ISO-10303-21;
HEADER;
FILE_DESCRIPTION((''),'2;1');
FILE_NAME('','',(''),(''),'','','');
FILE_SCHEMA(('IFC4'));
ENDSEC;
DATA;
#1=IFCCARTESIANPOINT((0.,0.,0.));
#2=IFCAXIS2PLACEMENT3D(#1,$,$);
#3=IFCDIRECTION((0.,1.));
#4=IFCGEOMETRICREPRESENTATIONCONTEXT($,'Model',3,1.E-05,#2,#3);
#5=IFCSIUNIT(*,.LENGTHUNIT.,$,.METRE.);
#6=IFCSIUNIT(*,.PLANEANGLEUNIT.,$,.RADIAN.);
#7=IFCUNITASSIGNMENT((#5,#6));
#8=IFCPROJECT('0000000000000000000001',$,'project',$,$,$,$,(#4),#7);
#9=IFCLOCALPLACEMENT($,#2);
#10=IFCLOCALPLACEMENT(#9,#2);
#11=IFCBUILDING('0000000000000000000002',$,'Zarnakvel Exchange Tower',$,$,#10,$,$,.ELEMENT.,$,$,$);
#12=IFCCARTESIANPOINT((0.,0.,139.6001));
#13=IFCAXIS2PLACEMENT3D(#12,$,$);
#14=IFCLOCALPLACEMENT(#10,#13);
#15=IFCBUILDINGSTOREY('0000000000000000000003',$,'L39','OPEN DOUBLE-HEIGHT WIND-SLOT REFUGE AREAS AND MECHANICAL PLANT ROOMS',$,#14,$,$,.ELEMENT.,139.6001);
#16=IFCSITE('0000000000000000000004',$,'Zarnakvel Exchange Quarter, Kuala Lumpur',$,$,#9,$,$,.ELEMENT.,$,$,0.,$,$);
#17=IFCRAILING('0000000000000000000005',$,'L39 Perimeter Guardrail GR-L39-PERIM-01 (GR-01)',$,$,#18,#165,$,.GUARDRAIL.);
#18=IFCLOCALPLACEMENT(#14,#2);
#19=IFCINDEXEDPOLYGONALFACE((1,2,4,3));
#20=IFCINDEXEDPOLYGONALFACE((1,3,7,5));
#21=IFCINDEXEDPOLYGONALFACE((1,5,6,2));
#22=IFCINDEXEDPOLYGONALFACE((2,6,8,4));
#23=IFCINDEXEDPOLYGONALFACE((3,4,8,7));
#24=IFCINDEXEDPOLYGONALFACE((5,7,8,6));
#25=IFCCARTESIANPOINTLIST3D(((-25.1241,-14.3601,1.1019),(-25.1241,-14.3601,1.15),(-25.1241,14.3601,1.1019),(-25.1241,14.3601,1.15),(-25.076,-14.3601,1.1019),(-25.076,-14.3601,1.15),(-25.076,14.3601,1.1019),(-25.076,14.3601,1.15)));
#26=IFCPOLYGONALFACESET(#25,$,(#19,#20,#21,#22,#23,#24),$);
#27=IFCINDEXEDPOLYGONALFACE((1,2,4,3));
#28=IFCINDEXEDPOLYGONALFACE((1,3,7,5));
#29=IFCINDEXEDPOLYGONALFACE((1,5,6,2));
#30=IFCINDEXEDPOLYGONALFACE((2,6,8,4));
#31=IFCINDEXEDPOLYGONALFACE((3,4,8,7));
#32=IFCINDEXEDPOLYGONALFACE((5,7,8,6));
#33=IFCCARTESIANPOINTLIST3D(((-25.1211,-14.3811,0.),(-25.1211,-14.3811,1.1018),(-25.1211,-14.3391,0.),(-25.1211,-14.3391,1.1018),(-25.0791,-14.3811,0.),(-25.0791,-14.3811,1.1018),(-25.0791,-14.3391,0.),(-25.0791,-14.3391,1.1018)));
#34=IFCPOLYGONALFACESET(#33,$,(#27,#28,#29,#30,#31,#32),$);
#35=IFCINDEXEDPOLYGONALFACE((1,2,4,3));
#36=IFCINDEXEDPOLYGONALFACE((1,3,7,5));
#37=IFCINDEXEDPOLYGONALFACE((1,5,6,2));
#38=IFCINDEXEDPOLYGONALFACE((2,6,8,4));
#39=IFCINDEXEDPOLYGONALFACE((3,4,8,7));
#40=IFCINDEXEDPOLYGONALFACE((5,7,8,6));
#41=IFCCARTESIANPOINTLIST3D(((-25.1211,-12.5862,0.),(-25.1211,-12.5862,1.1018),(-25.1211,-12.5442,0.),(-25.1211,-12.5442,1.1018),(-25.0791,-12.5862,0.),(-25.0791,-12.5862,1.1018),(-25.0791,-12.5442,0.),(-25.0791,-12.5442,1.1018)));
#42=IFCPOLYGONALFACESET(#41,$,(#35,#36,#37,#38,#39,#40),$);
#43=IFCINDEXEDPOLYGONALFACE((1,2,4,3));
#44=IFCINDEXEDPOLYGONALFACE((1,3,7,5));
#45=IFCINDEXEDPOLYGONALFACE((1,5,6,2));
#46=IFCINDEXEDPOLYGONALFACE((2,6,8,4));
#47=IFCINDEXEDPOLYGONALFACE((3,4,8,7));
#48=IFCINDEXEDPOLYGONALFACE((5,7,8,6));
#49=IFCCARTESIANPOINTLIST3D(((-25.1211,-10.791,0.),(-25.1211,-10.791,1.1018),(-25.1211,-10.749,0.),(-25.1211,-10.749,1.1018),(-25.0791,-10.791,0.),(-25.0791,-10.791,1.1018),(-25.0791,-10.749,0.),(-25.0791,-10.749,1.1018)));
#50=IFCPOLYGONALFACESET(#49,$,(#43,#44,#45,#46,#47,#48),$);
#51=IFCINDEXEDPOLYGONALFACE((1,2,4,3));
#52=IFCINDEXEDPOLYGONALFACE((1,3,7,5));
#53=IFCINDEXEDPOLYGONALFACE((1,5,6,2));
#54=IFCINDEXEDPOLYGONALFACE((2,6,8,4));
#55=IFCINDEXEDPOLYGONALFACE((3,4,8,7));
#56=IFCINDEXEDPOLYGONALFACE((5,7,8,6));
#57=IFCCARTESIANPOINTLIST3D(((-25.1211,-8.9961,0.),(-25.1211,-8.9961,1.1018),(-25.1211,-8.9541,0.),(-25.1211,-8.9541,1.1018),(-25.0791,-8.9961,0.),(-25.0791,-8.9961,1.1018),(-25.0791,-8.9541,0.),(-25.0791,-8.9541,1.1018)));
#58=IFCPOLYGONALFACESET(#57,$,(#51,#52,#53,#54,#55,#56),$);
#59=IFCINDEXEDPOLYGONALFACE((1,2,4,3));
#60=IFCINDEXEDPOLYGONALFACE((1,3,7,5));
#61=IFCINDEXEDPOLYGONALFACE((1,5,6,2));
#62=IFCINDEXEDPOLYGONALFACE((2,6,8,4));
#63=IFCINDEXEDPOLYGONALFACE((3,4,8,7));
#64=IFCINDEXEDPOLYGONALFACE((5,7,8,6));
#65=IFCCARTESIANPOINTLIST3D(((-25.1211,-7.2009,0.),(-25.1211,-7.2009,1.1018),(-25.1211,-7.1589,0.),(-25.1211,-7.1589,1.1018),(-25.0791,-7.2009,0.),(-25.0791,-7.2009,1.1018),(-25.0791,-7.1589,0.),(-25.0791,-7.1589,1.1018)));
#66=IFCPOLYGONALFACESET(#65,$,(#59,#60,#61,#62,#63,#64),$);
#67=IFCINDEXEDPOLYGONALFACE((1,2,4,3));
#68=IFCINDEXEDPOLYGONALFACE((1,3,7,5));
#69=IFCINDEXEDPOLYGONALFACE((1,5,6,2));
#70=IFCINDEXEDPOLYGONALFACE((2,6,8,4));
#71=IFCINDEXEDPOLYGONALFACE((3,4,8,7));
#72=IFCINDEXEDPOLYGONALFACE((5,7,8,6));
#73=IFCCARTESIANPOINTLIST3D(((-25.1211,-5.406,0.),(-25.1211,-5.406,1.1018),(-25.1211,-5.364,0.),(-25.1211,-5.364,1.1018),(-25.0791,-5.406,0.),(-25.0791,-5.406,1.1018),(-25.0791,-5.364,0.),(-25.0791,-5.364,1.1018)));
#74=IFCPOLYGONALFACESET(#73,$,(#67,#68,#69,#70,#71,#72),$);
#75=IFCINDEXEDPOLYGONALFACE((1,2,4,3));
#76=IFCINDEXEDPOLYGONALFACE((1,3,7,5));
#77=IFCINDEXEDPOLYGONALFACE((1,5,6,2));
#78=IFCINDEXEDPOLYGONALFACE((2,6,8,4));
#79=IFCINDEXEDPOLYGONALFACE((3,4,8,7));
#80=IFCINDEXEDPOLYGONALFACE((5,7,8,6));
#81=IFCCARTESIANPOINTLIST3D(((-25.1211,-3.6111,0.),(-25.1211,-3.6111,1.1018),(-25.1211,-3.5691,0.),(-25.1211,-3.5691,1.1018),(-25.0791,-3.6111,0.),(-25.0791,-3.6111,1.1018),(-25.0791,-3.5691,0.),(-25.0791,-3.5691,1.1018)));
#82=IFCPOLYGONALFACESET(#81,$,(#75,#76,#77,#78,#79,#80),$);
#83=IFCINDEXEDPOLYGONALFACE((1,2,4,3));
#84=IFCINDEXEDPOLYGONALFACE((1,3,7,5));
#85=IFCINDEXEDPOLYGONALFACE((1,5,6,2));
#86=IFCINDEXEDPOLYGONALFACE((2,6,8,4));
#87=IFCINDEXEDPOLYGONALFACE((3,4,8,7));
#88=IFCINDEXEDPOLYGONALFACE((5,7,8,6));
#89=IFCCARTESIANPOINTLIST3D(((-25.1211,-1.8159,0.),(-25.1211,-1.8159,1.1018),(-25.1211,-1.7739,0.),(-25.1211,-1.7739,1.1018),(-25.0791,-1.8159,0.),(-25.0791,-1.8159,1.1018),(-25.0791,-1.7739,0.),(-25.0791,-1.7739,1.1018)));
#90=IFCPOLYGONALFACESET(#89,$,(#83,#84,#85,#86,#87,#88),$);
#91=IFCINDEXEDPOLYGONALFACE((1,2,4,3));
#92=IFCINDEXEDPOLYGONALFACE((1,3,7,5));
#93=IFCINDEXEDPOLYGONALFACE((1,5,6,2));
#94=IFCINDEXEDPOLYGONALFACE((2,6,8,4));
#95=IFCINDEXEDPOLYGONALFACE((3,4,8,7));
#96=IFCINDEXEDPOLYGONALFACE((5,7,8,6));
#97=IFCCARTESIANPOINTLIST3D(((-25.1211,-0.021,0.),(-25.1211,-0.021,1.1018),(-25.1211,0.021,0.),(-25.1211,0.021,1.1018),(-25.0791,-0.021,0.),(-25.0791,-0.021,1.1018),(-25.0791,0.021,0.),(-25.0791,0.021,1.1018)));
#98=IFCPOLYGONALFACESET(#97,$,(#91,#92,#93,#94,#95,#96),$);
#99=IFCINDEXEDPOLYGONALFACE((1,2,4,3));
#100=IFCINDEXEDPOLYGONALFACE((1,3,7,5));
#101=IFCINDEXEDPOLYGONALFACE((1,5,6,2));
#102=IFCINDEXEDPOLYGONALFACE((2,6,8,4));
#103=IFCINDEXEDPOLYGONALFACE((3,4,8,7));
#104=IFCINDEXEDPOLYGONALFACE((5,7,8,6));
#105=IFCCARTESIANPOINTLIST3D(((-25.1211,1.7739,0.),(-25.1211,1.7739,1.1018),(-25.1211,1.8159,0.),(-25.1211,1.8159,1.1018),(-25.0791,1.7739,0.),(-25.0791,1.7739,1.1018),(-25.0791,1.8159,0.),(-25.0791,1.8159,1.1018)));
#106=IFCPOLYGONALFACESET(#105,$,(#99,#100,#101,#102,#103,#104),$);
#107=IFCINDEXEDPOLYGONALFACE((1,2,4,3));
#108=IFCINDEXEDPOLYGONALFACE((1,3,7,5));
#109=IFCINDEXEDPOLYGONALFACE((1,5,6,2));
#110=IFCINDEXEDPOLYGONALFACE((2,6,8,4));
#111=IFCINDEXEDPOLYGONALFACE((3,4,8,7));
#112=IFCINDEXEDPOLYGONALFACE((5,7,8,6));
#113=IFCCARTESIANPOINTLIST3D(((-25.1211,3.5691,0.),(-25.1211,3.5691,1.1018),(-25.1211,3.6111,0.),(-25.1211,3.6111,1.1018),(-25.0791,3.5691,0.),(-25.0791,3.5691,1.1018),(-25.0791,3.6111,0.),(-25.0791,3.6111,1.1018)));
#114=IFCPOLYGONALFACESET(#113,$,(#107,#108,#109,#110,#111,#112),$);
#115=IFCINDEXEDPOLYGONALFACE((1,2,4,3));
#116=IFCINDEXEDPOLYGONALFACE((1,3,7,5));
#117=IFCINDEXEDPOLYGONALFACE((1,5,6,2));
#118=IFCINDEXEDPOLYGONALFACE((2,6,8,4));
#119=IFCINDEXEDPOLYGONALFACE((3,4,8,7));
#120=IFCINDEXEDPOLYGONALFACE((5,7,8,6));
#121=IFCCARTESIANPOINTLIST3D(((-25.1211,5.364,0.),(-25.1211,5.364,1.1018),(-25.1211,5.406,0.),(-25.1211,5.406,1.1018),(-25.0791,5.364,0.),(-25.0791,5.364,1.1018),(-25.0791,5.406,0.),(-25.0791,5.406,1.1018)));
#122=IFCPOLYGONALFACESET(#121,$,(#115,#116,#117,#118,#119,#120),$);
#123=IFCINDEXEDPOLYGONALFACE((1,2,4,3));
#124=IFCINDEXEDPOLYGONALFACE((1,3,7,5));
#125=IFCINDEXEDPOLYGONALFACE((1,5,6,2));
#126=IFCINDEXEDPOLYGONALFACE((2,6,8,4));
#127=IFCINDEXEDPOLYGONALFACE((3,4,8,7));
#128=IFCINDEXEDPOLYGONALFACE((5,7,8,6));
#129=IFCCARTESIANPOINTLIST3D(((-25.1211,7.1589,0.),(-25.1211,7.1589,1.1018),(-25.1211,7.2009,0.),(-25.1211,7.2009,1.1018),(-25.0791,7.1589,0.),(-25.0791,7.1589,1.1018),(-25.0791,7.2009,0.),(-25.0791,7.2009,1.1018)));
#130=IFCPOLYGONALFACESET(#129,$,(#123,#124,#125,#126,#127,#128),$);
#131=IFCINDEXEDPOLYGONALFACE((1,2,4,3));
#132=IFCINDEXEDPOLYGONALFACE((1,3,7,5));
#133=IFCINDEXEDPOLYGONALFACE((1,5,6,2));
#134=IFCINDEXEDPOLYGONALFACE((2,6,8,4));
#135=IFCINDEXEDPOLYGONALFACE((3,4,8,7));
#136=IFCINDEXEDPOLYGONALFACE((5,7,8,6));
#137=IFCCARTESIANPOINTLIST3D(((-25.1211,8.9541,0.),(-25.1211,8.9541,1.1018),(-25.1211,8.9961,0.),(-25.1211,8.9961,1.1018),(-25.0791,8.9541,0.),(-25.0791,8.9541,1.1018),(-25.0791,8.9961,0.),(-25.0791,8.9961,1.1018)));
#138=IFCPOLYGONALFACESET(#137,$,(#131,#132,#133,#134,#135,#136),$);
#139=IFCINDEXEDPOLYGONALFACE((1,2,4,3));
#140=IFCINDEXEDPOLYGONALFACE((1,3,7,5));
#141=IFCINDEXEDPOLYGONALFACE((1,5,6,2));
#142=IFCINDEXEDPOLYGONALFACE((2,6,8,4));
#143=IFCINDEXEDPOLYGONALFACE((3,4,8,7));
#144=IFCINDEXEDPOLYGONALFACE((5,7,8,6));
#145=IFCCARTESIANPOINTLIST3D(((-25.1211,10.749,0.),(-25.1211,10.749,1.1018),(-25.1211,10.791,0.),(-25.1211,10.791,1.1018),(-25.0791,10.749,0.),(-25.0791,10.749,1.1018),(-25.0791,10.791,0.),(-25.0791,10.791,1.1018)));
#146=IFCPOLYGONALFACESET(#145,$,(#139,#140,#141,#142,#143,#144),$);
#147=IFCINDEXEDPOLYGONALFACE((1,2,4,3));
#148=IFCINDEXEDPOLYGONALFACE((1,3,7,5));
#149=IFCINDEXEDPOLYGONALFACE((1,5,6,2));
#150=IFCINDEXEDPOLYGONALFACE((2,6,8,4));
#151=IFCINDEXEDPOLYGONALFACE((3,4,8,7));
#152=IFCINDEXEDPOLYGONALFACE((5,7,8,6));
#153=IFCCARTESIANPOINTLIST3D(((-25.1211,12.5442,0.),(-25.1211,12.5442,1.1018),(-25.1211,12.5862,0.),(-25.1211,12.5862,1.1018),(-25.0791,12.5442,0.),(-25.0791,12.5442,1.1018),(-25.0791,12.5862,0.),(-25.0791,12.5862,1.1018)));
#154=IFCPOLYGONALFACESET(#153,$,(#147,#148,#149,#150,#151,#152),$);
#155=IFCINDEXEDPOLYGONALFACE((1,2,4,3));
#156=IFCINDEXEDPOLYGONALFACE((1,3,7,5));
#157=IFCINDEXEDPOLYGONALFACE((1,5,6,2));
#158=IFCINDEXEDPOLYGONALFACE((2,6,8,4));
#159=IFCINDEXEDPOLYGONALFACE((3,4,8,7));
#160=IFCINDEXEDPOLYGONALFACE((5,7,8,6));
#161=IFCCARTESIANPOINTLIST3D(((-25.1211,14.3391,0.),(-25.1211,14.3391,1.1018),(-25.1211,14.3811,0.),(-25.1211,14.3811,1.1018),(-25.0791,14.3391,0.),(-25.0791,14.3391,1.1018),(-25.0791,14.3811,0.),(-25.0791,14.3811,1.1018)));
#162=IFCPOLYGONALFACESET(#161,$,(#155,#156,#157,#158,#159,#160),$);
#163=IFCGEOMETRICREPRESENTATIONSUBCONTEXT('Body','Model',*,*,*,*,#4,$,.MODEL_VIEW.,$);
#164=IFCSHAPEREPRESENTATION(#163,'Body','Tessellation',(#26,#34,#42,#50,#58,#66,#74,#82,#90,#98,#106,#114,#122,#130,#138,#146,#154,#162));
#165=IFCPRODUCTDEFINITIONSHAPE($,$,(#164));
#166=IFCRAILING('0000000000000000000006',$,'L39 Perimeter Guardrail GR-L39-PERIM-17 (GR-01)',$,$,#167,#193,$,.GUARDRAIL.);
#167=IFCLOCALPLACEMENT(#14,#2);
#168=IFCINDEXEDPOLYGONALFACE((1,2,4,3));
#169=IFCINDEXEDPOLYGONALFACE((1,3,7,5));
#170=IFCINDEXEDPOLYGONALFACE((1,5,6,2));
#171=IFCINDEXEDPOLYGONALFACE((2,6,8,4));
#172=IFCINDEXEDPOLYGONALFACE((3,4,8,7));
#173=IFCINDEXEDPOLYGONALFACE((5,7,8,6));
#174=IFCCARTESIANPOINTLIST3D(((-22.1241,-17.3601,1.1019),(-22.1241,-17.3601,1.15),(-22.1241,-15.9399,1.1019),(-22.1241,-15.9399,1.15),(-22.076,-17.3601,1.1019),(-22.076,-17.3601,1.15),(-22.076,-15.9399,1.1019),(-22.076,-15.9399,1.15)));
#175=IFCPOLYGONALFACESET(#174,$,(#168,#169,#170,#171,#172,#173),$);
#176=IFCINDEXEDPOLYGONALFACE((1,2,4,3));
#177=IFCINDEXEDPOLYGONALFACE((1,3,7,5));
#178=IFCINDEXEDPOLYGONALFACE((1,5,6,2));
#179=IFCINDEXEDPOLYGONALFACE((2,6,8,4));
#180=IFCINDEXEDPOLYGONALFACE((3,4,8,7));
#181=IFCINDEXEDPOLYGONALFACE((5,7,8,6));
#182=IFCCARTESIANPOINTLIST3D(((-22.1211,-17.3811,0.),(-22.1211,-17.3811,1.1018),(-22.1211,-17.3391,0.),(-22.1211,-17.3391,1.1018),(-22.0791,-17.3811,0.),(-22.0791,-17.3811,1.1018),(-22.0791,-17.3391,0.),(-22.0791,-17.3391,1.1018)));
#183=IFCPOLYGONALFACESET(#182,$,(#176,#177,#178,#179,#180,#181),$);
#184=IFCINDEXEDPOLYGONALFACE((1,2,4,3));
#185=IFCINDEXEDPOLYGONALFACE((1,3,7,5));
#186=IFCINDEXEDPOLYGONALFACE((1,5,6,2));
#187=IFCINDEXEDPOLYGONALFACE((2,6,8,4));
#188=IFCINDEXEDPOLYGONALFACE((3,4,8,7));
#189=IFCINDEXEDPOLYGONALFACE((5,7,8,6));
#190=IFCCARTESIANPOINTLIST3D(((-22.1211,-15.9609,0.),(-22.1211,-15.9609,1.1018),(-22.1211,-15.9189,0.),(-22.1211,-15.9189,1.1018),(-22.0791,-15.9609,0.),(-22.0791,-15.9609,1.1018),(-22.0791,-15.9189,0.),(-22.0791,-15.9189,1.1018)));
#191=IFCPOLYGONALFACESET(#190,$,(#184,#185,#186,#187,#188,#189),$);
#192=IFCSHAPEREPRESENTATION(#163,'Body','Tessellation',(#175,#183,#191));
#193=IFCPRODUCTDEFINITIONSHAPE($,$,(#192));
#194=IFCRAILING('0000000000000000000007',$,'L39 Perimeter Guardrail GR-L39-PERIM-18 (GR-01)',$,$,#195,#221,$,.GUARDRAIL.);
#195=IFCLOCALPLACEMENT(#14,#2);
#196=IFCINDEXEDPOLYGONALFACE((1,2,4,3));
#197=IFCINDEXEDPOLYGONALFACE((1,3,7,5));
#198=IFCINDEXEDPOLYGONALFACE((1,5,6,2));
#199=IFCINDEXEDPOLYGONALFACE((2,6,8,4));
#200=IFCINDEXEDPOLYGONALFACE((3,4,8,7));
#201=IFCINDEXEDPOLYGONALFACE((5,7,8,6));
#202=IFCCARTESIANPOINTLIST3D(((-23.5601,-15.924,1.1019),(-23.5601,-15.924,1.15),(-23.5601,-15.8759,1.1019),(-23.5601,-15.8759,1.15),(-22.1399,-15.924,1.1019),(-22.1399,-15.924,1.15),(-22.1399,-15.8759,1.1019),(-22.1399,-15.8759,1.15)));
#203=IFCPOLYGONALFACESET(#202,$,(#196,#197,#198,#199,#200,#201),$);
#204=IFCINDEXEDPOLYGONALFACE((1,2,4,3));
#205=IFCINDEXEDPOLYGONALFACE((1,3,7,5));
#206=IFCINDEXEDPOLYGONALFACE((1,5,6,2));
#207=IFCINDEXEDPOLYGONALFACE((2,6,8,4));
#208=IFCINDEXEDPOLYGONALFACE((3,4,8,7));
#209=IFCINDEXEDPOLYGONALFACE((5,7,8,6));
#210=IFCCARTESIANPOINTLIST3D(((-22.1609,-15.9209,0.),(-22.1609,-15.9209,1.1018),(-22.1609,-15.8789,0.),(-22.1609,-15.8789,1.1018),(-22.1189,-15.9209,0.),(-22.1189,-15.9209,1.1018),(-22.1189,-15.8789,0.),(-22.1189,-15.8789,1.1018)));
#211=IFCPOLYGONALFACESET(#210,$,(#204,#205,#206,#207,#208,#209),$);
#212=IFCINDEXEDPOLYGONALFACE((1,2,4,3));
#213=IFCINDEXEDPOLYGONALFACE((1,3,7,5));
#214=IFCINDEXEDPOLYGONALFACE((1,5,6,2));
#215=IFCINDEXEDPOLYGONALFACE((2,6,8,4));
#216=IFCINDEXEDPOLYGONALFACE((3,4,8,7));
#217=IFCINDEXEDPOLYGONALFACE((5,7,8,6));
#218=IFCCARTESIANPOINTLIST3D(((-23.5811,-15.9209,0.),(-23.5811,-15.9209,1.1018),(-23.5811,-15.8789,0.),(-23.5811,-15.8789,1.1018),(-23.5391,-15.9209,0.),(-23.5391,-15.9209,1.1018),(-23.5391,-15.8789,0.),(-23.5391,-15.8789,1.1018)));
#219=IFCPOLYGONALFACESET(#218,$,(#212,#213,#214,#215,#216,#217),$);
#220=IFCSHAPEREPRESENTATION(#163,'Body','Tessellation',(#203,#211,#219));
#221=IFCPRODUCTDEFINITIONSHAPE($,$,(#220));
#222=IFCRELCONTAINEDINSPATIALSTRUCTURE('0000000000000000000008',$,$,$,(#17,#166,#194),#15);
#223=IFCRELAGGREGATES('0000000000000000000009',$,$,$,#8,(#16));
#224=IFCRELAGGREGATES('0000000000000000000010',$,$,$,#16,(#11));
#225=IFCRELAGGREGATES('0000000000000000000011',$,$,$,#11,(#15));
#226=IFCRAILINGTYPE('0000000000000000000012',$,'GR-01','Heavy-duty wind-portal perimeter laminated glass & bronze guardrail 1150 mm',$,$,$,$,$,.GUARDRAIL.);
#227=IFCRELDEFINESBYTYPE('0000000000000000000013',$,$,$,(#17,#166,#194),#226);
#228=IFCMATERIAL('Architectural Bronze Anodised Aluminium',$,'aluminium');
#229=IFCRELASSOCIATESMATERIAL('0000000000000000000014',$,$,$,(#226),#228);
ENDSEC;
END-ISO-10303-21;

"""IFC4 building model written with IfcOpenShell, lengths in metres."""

from ifc_helpers import new_model, si_unit, direction, frame, origin, origin_2d, place, context, subcontext, project, spatial, rectangle, extrude, material, type_object, element, save


model = new_model("IFC4")

# Units and contexts
model_context = context("Model", 3, precision=1e-05, world=origin(), true_north=direction((0.0, 1.0)))
body_context = subcontext(model_context, "Body", "Model", "MODEL_VIEW")
ifc_project = project(units=[si_unit("LENGTHUNIT", "METRE"), si_unit("PLANEANGLEUNIT", "RADIAN")], contexts=[model_context])

# Site, building, storey
site_placement = place(None, origin())
site = spatial("IfcSite", under=ifc_project, at=site_placement, Name="Zarnakvel Exchange Quarter, Kuala Lumpur", CompositionType="ELEMENT", RefElevation=0.0)
building_placement = place(site_placement, origin())
building = spatial("IfcBuilding", under=site, at=building_placement, Name="Zarnakvel Exchange Tower", CompositionType="ELEMENT")
storey_placement = place(building_placement, frame((0.0, 0.0, 139.6001)))
storey = spatial("IfcBuildingStorey", under=building, at=storey_placement, Name="L39", Description="OPEN DOUBLE-HEIGHT WIND-SLOT REFUGE AREAS AND MECHANICAL PLANT ROOMS", CompositionType="ELEMENT", Elevation=139.6001)

# Railings
ifc_material_1 = material(Name="Architectural Bronze Anodised Aluminium", Category="aluminium")
railing_type = type_object("IfcRailingType", Name="GR-01", Description="Heavy-duty wind-portal perimeter laminated glass & bronze guardrail 1150 mm", PredefinedType="GUARDRAIL", material=ifc_material_1)
railing_1_placement = place(storey_placement, frame((-25.1001, -14.3601, 0.0)))
element("IfcRailing", 1, at=railing_1_placement, inside=storey, type_object=railing_type, Name="L39 Perimeter Guardrail GR-L39-PERIM-01 (GR-01)", PredefinedType="GUARDRAIL", context=body_context, shape_type="SweptSolid", body=[
    extrude(rectangle(XDim=0.0481, YDim=0.0481, at=origin_2d()), frame((0.0, 0.0, 1.126), z_axis=(0.0, 1.0, 0.0), x_axis=(-1.0, 0.0, 0.0)), (0.0, 0.0, 1.0), 28.7202),
    extrude(rectangle(XDim=0.042, YDim=0.042, at=origin_2d()), origin(), (0.0, 0.0, 1.0), 1.1018),
    extrude(rectangle(XDim=0.042, YDim=0.042, at=origin_2d()), frame((0.0, 1.7949, 0.0)), (0.0, 0.0, 1.0), 1.1018),
    extrude(rectangle(XDim=0.042, YDim=0.042, at=origin_2d()), frame((0.0, 3.5901, 0.0)), (0.0, 0.0, 1.0), 1.1018),
    extrude(rectangle(XDim=0.042, YDim=0.042, at=origin_2d()), frame((0.0, 5.385, 0.0)), (0.0, 0.0, 1.0), 1.1018),
    extrude(rectangle(XDim=0.042, YDim=0.042, at=origin_2d()), frame((0.0, 7.1802, 0.0)), (0.0, 0.0, 1.0), 1.1018),
    extrude(rectangle(XDim=0.042, YDim=0.042, at=origin_2d()), frame((0.0, 8.9751, 0.0)), (0.0, 0.0, 1.0), 1.1018),
    extrude(rectangle(XDim=0.042, YDim=0.042, at=origin_2d()), frame((0.0, 10.77, 0.0)), (0.0, 0.0, 1.0), 1.1018),
    extrude(rectangle(XDim=0.042, YDim=0.042, at=origin_2d()), frame((0.0, 12.5652, 0.0)), (0.0, 0.0, 1.0), 1.1018),
    extrude(rectangle(XDim=0.042, YDim=0.042, at=origin_2d()), frame((0.0, 14.3601, 0.0)), (0.0, 0.0, 1.0), 1.1018),
    extrude(rectangle(XDim=0.042, YDim=0.042, at=origin_2d()), frame((0.0, 16.155, 0.0)), (0.0, 0.0, 1.0), 1.1018),
    extrude(rectangle(XDim=0.042, YDim=0.042, at=origin_2d()), frame((0.0, 17.9502, 0.0)), (0.0, 0.0, 1.0), 1.1018),
    extrude(rectangle(XDim=0.042, YDim=0.042, at=origin_2d()), frame((0.0, 19.7451, 0.0)), (0.0, 0.0, 1.0), 1.1018),
    extrude(rectangle(XDim=0.042, YDim=0.042, at=origin_2d()), frame((0.0, 21.54, 0.0)), (0.0, 0.0, 1.0), 1.1018),
    extrude(rectangle(XDim=0.042, YDim=0.042, at=origin_2d()), frame((0.0, 23.3352, 0.0)), (0.0, 0.0, 1.0), 1.1018),
    extrude(rectangle(XDim=0.042, YDim=0.042, at=origin_2d()), frame((0.0, 25.1301, 0.0)), (0.0, 0.0, 1.0), 1.1018),
    extrude(rectangle(XDim=0.042, YDim=0.042, at=origin_2d()), frame((0.0, 26.9253, 0.0)), (0.0, 0.0, 1.0), 1.1018),
    extrude(rectangle(XDim=0.042, YDim=0.042, at=origin_2d()), frame((0.0, 28.7202, 0.0)), (0.0, 0.0, 1.0), 1.1018),
])
railing_2_placement = place(storey_placement, frame((-22.1001, -17.3601, 0.0)))
element("IfcRailing", 2, at=railing_2_placement, inside=storey, type_object=railing_type, Name="L39 Perimeter Guardrail GR-L39-PERIM-17 (GR-01)", PredefinedType="GUARDRAIL", context=body_context, shape_type="SweptSolid", body=[
    extrude(rectangle(XDim=0.0481, YDim=0.0481, at=origin_2d()), frame((0.0, 0.0, 1.126), z_axis=(0.0, 1.0, 0.0), x_axis=(-1.0, 0.0, 0.0)), (0.0, 0.0, 1.0), 1.4202),
    extrude(rectangle(XDim=0.042, YDim=0.042, at=origin_2d()), origin(), (0.0, 0.0, 1.0), 1.1018),
    extrude(rectangle(XDim=0.042, YDim=0.042, at=origin_2d()), frame((0.0, 1.4202, 0.0)), (0.0, 0.0, 1.0), 1.1018),
])
railing_3_placement = place(storey_placement, frame((-22.1399, -15.8999, 0.0)))
element("IfcRailing", 3, at=railing_3_placement, inside=storey, type_object=railing_type, Name="L39 Perimeter Guardrail GR-L39-PERIM-18 (GR-01)", PredefinedType="GUARDRAIL", context=body_context, shape_type="SweptSolid", body=[
    extrude(rectangle(XDim=0.0481, YDim=0.0481, at=origin_2d()), frame((0.0, 0.0, 1.126), z_axis=(-1.0, 0.0, 0.0), x_axis=(0.0, -1.0, 0.0)), (0.0, 0.0, 1.0), 1.4202),
    extrude(rectangle(XDim=0.042, YDim=0.042, at=origin_2d()), origin(), (0.0, 0.0, 1.0), 1.1018),
    extrude(rectangle(XDim=0.042, YDim=0.042, at=origin_2d()), frame((-1.4202, 0.0, 0.0)), (0.0, 0.0, 1.0), 1.1018),
])

save(model, "model.ifc")
